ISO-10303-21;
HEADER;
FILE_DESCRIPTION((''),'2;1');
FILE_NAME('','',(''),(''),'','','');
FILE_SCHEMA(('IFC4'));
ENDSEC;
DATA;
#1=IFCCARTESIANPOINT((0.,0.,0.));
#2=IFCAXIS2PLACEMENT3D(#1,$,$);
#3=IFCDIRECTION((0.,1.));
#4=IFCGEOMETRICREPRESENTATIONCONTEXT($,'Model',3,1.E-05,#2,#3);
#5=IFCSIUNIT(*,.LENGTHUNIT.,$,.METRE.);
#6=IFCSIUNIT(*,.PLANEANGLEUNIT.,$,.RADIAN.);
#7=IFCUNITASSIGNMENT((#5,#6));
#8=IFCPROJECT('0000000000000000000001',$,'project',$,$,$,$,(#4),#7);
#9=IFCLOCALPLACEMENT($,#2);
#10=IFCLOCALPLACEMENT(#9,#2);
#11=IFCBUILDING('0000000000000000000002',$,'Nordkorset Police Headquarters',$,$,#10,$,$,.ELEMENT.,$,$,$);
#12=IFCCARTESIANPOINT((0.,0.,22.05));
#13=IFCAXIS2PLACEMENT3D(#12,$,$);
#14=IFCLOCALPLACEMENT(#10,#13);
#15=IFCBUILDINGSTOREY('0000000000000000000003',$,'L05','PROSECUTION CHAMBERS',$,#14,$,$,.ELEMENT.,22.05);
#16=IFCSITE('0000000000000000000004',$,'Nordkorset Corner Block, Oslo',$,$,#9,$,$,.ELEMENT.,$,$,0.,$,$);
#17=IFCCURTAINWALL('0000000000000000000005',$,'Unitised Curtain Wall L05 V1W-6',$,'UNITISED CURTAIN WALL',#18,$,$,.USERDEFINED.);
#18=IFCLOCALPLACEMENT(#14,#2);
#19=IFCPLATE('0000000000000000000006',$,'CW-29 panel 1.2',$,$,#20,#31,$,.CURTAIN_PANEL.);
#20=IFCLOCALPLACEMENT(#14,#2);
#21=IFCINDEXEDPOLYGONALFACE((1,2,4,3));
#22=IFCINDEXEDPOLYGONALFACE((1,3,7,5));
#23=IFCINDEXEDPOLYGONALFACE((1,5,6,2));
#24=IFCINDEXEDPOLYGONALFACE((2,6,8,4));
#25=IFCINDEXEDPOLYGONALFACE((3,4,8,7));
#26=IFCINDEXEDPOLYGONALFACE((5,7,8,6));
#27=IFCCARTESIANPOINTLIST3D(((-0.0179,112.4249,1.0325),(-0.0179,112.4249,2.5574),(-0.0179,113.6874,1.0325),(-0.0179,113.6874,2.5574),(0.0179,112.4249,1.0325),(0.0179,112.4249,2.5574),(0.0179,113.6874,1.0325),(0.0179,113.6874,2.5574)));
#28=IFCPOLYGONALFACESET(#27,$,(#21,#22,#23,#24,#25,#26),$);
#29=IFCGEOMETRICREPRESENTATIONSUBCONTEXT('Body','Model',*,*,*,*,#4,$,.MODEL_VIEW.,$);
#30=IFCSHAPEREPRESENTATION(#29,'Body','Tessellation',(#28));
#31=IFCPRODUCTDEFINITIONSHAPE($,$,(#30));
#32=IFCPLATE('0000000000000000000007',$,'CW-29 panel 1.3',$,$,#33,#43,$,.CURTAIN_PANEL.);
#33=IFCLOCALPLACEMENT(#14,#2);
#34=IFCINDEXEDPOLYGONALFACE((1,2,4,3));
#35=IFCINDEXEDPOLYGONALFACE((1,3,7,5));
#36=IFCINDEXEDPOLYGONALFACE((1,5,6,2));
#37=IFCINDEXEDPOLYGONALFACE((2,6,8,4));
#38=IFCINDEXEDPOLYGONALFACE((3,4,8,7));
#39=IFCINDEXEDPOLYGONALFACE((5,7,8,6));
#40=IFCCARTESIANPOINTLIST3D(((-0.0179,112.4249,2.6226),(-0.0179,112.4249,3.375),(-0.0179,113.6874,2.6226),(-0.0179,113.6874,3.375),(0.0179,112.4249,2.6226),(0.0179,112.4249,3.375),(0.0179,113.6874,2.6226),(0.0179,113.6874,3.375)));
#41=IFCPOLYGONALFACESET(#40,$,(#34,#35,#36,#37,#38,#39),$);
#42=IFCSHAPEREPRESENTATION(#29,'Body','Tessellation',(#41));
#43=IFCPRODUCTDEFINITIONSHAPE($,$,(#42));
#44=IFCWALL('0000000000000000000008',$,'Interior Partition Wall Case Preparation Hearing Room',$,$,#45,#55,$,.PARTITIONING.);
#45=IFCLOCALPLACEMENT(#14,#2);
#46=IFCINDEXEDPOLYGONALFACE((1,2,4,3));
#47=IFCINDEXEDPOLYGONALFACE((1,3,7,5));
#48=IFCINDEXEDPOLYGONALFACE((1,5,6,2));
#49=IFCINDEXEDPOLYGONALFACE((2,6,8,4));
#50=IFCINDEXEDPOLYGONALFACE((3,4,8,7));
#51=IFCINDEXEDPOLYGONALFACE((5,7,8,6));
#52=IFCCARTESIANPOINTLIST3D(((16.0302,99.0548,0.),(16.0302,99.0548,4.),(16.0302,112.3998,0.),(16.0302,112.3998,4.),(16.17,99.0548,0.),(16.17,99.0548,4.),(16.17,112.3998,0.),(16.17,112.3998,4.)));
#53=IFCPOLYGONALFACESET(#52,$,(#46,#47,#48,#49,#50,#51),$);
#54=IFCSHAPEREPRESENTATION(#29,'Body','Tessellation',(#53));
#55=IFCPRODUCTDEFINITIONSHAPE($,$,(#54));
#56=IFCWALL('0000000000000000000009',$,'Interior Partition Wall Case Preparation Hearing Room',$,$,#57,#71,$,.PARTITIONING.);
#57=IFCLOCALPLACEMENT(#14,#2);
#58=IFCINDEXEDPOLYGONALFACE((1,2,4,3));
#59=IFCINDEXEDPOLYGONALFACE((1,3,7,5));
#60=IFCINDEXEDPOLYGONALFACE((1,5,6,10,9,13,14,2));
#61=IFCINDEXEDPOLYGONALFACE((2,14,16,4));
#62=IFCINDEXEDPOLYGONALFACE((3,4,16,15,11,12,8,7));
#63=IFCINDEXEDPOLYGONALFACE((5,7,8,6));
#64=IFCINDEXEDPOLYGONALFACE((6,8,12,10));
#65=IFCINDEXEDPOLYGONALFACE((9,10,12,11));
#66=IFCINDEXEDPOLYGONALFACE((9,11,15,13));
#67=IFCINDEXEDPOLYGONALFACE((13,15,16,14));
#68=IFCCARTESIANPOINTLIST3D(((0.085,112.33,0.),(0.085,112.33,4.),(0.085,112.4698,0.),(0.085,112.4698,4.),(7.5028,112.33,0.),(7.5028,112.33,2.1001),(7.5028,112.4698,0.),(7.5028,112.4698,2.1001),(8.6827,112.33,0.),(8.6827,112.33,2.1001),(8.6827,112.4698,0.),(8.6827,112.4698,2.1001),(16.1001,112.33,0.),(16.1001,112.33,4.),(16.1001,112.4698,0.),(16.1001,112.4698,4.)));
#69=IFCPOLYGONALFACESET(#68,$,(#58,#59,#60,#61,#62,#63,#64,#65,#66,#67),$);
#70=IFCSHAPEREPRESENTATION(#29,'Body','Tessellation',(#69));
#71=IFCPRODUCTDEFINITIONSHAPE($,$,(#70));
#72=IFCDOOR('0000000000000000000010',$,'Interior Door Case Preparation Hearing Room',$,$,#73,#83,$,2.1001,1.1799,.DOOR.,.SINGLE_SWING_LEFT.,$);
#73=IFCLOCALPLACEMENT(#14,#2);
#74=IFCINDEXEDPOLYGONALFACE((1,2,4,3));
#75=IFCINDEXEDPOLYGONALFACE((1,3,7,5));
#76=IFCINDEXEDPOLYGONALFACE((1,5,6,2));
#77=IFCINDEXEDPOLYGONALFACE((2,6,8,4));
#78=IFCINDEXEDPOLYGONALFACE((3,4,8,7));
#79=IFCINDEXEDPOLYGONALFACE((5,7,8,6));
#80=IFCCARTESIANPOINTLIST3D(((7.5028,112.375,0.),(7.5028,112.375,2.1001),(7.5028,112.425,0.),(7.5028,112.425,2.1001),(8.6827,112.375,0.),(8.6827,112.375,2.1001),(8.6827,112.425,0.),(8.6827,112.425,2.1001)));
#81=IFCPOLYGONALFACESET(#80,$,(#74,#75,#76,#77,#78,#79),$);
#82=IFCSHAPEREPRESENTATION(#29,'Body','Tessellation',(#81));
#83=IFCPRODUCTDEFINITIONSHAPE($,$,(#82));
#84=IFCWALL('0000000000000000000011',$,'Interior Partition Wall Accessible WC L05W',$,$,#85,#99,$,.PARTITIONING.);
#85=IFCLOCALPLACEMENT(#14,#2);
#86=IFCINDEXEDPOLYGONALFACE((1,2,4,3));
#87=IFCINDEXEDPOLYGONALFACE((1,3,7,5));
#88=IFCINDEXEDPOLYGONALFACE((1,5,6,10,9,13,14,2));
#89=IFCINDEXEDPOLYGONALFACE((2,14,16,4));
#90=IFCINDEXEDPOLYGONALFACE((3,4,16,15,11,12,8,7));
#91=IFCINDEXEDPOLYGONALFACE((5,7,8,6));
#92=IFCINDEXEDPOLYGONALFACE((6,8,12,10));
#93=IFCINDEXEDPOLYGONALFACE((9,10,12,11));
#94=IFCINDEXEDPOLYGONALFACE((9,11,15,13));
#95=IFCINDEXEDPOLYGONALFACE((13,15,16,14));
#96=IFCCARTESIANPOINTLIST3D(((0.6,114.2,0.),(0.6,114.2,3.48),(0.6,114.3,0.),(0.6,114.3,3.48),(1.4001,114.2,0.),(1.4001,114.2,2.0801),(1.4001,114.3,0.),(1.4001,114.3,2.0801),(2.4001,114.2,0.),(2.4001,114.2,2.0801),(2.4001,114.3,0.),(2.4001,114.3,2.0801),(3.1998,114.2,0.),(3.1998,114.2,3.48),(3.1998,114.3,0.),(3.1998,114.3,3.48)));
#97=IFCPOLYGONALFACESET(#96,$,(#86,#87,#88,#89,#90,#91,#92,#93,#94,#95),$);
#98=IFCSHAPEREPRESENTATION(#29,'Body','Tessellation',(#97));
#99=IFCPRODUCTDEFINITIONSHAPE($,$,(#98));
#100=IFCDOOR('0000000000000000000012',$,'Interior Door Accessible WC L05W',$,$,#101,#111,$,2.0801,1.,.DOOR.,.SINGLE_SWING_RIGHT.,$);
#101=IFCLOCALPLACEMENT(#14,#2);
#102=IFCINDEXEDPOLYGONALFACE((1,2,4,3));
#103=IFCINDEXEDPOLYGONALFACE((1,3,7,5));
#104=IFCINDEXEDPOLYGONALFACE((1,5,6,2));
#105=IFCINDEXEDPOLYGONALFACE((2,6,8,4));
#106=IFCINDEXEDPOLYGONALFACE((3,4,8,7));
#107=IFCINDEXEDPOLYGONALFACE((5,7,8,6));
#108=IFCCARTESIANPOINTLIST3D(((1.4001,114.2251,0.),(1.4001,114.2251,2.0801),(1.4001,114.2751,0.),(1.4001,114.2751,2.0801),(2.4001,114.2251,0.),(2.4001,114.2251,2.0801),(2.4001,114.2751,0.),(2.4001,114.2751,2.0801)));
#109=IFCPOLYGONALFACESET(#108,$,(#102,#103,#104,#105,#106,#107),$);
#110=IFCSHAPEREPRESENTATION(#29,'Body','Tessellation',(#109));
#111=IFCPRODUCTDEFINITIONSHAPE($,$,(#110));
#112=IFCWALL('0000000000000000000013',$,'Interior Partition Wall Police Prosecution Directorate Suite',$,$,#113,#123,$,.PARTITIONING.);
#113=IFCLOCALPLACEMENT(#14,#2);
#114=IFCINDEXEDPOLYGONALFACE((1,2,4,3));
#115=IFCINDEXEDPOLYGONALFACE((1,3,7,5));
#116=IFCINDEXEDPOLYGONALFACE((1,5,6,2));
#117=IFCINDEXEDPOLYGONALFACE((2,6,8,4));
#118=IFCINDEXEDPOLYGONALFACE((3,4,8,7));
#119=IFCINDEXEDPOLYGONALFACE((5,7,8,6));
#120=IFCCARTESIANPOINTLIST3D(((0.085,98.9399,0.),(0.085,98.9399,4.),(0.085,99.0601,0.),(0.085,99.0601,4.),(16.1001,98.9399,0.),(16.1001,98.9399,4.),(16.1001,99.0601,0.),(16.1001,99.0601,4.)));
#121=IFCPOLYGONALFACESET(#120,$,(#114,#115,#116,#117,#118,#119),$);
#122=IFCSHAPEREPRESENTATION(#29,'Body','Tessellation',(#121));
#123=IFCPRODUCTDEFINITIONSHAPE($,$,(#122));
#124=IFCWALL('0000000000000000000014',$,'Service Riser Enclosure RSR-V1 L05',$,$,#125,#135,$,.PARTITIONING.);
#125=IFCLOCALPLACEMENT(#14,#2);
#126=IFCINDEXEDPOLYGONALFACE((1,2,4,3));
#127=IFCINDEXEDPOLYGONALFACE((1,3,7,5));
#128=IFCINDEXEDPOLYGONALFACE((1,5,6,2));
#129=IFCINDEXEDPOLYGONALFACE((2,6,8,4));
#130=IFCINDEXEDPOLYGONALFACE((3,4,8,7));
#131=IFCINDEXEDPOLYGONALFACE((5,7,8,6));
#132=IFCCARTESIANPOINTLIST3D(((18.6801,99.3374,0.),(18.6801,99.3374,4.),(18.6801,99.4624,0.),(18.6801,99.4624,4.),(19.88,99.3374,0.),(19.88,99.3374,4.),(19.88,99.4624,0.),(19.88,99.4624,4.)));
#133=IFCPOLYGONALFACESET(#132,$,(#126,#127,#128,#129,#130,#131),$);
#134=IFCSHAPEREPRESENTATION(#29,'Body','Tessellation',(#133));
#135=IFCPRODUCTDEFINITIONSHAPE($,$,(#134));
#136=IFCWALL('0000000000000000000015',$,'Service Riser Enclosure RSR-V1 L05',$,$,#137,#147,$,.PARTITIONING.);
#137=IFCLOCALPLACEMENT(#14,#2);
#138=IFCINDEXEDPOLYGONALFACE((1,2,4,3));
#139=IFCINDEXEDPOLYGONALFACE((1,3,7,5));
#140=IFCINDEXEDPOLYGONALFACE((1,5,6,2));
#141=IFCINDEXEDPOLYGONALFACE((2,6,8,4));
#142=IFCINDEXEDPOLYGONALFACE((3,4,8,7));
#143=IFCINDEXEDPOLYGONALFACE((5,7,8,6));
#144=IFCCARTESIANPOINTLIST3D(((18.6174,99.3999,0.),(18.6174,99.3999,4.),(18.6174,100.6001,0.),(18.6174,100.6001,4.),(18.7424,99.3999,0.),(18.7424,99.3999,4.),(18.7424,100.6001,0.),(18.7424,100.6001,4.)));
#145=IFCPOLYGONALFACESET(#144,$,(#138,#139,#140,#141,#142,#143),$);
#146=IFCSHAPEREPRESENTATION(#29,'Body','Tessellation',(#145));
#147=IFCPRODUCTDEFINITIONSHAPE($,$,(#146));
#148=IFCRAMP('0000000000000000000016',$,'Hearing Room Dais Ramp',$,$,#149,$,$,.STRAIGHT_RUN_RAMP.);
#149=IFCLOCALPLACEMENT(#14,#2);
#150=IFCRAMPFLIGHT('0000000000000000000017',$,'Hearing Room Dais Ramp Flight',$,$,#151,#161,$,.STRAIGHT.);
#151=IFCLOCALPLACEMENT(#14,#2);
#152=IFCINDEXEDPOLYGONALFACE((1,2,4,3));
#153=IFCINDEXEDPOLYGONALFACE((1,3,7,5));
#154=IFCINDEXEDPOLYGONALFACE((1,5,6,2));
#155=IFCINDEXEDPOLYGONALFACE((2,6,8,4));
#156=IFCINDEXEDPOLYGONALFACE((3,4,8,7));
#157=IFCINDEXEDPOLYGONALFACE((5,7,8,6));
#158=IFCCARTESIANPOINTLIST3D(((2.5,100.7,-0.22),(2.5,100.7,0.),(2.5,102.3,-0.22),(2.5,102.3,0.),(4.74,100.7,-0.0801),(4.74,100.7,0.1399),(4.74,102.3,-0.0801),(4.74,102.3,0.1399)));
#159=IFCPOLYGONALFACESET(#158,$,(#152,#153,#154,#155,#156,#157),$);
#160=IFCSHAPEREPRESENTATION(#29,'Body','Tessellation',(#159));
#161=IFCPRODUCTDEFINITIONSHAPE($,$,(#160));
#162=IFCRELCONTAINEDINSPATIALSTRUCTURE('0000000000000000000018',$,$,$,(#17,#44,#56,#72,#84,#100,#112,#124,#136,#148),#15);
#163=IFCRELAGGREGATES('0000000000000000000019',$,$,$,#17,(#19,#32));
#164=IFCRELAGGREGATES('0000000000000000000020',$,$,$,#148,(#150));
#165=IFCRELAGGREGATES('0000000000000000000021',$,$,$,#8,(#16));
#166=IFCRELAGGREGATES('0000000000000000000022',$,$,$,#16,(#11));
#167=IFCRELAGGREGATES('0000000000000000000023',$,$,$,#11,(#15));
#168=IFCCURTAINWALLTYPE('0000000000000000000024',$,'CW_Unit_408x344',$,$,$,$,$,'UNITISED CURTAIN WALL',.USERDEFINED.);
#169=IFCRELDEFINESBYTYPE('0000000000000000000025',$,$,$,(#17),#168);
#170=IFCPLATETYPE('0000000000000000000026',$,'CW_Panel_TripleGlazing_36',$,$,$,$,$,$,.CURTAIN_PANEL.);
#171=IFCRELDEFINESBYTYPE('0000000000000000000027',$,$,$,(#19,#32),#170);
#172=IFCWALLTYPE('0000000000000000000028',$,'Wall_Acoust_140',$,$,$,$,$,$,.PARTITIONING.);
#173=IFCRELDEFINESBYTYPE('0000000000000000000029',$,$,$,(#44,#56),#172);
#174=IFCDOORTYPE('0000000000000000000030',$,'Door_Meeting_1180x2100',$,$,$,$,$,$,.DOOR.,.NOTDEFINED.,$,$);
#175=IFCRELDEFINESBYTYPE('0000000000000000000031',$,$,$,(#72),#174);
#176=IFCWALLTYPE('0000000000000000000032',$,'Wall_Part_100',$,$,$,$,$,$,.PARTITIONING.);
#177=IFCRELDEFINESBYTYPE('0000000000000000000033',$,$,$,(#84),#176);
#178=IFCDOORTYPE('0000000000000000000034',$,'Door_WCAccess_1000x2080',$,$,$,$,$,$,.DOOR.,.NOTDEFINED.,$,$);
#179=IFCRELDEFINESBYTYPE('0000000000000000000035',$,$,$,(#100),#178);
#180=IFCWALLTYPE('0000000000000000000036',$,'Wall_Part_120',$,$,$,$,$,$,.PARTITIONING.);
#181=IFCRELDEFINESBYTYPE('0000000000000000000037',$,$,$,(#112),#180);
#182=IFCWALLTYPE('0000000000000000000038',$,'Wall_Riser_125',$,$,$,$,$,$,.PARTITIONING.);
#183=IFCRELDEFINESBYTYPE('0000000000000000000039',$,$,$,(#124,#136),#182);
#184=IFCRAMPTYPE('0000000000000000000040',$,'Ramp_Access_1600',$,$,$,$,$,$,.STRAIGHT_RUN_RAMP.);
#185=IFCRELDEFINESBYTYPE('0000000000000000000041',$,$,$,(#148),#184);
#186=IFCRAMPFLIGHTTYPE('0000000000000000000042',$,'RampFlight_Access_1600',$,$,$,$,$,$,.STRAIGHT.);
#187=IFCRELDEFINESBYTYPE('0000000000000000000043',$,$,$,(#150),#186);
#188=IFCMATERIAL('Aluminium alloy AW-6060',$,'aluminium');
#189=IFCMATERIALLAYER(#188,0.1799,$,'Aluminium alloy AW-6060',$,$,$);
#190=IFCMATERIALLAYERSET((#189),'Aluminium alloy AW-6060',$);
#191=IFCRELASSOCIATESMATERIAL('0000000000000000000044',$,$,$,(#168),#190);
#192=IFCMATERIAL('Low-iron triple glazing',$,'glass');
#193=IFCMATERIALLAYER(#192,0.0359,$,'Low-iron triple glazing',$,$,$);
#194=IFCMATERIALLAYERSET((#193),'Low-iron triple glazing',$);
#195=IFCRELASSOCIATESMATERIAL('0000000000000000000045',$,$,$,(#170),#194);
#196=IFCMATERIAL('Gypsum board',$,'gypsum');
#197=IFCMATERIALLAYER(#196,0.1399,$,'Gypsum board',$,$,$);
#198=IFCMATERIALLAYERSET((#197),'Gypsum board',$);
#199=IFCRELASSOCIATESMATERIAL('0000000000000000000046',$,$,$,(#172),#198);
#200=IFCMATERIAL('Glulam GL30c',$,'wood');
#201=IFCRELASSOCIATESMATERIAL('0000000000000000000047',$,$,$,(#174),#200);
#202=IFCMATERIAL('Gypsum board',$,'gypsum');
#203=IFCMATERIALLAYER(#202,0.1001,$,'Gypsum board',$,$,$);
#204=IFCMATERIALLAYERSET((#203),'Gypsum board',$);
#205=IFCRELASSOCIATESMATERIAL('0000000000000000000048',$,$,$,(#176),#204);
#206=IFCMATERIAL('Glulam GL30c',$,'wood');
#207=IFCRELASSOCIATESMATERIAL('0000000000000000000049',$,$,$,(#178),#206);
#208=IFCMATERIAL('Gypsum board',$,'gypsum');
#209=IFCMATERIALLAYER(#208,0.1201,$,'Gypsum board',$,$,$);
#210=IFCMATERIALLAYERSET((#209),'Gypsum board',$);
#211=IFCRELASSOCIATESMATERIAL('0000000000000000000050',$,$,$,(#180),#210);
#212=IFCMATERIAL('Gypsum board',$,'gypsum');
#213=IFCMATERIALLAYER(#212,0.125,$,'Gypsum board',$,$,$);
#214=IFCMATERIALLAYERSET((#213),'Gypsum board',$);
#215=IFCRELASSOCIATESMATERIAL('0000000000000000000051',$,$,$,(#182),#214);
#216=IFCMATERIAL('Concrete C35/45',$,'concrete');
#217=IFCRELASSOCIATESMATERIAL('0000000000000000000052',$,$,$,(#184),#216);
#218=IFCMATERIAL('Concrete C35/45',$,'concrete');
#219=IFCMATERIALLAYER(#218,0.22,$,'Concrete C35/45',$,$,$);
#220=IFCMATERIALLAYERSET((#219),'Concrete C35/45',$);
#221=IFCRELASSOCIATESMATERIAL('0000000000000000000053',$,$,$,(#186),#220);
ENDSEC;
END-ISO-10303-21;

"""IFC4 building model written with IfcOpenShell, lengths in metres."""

from ifc_helpers import new_model, si_unit, direction, frame, frame_2d, origin, origin_2d, place, context, subcontext, project, spatial, polyline, rectangle, outline, extrude, material, layer, layer_set, type_object, element, fill, aggregate, save


model = new_model("IFC4")

# Units and contexts
model_context = context("Model", 3, precision=1e-05, world=origin(), true_north=direction((0.0, 1.0)))
body_context = subcontext(model_context, "Body", "Model", "MODEL_VIEW")
ifc_project = project(units=[si_unit("LENGTHUNIT", "METRE"), si_unit("PLANEANGLEUNIT", "RADIAN")], contexts=[model_context])

# Site, building, storey
site_placement = place(None, origin())
site = spatial("IfcSite", under=ifc_project, at=site_placement, Name="Nordkorset Corner Block, Oslo", CompositionType="ELEMENT", RefElevation=0.0)
building_placement = place(site_placement, origin())
building = spatial("IfcBuilding", under=site, at=building_placement, Name="Nordkorset Police Headquarters", CompositionType="ELEMENT")
storey_placement = place(building_placement, frame((0.0, 0.0, 22.05)))
storey = spatial("IfcBuildingStorey", under=building, at=storey_placement, Name="L05", Description="PROSECUTION CHAMBERS", CompositionType="ELEMENT", Elevation=22.05)

# Curtain wall
ifc_material_1 = material(Name="Aluminium alloy AW-6060", Category="aluminium")
ifc_layer_1 = layer(ifc_material_1, 0.1799, Name="Aluminium alloy AW-6060")
ifc_layer_set_1 = layer_set([ifc_layer_1], Name="Aluminium alloy AW-6060")
curtain_wall_type = type_object("IfcCurtainWallType", Name="CW_Unit_408x344", ElementType="UNITISED CURTAIN WALL", PredefinedType="USERDEFINED", material=ifc_layer_set_1)
curtain_wall_placement = place(storey_placement, origin())
curtain_wall = element("IfcCurtainWall", 1, at=curtain_wall_placement, inside=storey, type_object=curtain_wall_type, Name="Unitised Curtain Wall L05 V1W-6", ObjectType="UNITISED CURTAIN WALL", PredefinedType="USERDEFINED")

# Plates
ifc_material_2 = material(Name="Low-iron triple glazing", Category="glass")
ifc_layer_2 = layer(ifc_material_2, 0.0359, Name="Low-iron triple glazing")
ifc_layer_set_2 = layer_set([ifc_layer_2], Name="Low-iron triple glazing")
plate_type = type_object("IfcPlateType", Name="CW_Panel_TripleGlazing_36", PredefinedType="CURTAIN_PANEL", material=ifc_layer_set_2)
plate_1_placement = place(storey_placement, frame((0.0, 113.0562, 1.0325), z_axis=(0.0, 0.0, 1.0), x_axis=(0.0, 1.0, 0.0)))
plate_1 = element("IfcPlate", 2, at=plate_1_placement, type_object=plate_type, Name="CW-29 panel 1.2", PredefinedType="CURTAIN_PANEL", context=body_context, shape_type="SweptSolid", body=[
    extrude(rectangle(XDim=1.2625, YDim=0.0359, at=origin_2d()), origin(), (0.0, 0.0, 1.0), 1.5249),
])
plate_2_placement = place(storey_placement, frame((0.0, 113.0562, 2.6226), z_axis=(0.0, 0.0, 1.0), x_axis=(0.0, 1.0, 0.0)))
plate_2 = element("IfcPlate", 3, at=plate_2_placement, type_object=plate_type, Name="CW-29 panel 1.3", PredefinedType="CURTAIN_PANEL", context=body_context, shape_type="SweptSolid", body=[
    extrude(rectangle(XDim=1.2625, YDim=0.0359, at=origin_2d()), origin(), (0.0, 0.0, 1.0), 0.7524),
])
aggregate(curtain_wall, [plate_1, plate_2])

# Wall
ifc_material_3 = material(Name="Gypsum board", Category="gypsum")
ifc_layer_3 = layer(ifc_material_3, 0.1399, Name="Gypsum board")
ifc_layer_set_3 = layer_set([ifc_layer_3], Name="Gypsum board")
wall_type_1 = type_object("IfcWallType", Name="Wall_Acoust_140", PredefinedType="PARTITIONING", material=ifc_layer_set_3)
wall_1_placement = place(storey_placement, frame((16.1001, 99.0549, 0.0), z_axis=(0.0, 0.0, 1.0), x_axis=(0.0, 1.0, 0.0)))
element("IfcWall", 4, at=wall_1_placement, inside=storey, type_object=wall_type_1, Name="Interior Partition Wall Case Preparation Hearing Room", PredefinedType="PARTITIONING", context=body_context, shape_type="SweptSolid", body=[
    extrude(rectangle(XDim=13.345, YDim=0.1399, at=frame_2d((6.6724, 0.0))), origin(), (0.0, 0.0, 1.0), 4.0),
])

# Walls, openings, doors
wall_2_placement = place(storey_placement, frame((16.1001, 112.3999, 0.0), z_axis=(0.0, 0.0, 1.0), x_axis=(-1.0, 0.0, 0.0)))
wall_2 = element("IfcWall", 5, at=wall_2_placement, inside=storey, type_object=wall_type_1, Name="Interior Partition Wall Case Preparation Hearing Room", PredefinedType="PARTITIONING", context=body_context, shape_type="SweptSolid", body=[
    extrude(rectangle(XDim=16.0151, YDim=0.1399, at=frame_2d((8.0076, 0.0))), origin(), (0.0, 0.0, 1.0), 4.0),
])
opening_1_placement = place(wall_2_placement, frame((7.4175, 0.0, 0.0)))
opening_1 = element("IfcOpeningElement", 6, at=opening_1_placement, cuts=wall_2, PredefinedType="OPENING", context=body_context, shape_type="SweptSolid", body=[
    extrude(rectangle(XDim=1.1799, YDim=2.1001, at=frame_2d((0.5898, 1.05))), frame((0.0, 0.0801, 0.0), z_axis=(0.0, -1.0, 0.0), x_axis=(1.0, 0.0, 0.0)), (0.0, 0.0, 1.0), 0.1599),
])
ifc_material_4 = material(Name="Glulam GL30c", Category="wood")
door_type_1 = type_object("IfcDoorType", Name="Door_Meeting_1180x2100", OperationType="NOTDEFINED", PredefinedType="DOOR", material=ifc_material_4)
door_1_placement = place(opening_1_placement, origin())
door_1 = element("IfcDoor", 7, at=door_1_placement, inside=storey, type_object=door_type_1, Name="Interior Door Case Preparation Hearing Room", OperationType="SINGLE_SWING_LEFT", OverallHeight=2.1001, OverallWidth=1.1799, PredefinedType="DOOR", context=body_context, shape_type="SweptSolid", body=[
    extrude(rectangle(XDim=1.1799, YDim=2.1001, at=frame_2d((0.5898, 1.05))), frame((0.0, 0.0249, 0.0), z_axis=(0.0, -1.0, 0.0), x_axis=(1.0, 0.0, 0.0)), (0.0, 0.0, 1.0), 0.05),
])
fill(opening_1, door_1)
ifc_material_5 = material(Name="Gypsum board", Category="gypsum")
ifc_layer_4 = layer(ifc_material_5, 0.1001, Name="Gypsum board")
ifc_layer_set_4 = layer_set([ifc_layer_4], Name="Gypsum board")
wall_type_2 = type_object("IfcWallType", Name="Wall_Part_100", PredefinedType="PARTITIONING", material=ifc_layer_set_4)
wall_3_placement = place(storey_placement, frame((0.6001, 114.25, 0.0), z_axis=(0.0, 0.0, 1.0), x_axis=(1.0, 0.0, 0.0)))
wall_3 = element("IfcWall", 8, at=wall_3_placement, inside=storey, type_object=wall_type_2, Name="Interior Partition Wall Accessible WC L05W", PredefinedType="PARTITIONING", context=body_context, shape_type="SweptSolid", body=[
    extrude(rectangle(XDim=2.5999, YDim=0.1001, at=frame_2d((1.2998, 0.0))), origin(), (0.0, 0.0, 1.0), 3.48),
])
opening_2_placement = place(wall_3_placement, frame((0.8, 0.0, 0.0)))
opening_2 = element("IfcOpeningElement", 9, at=opening_2_placement, cuts=wall_3, PredefinedType="OPENING", context=body_context, shape_type="SweptSolid", body=[
    extrude(rectangle(XDim=1.0, YDim=2.0801, at=frame_2d((0.5, 1.04))), frame((0.0, 0.0601, 0.0), z_axis=(0.0, -1.0, 0.0), x_axis=(1.0, 0.0, 0.0)), (0.0, 0.0, 1.0), 0.1201),
])
ifc_material_6 = material(Name="Glulam GL30c", Category="wood")
door_type_2 = type_object("IfcDoorType", Name="Door_WCAccess_1000x2080", OperationType="NOTDEFINED", PredefinedType="DOOR", material=ifc_material_6)
door_2_placement = place(opening_2_placement, frame((1.0, 0.0, 0.0), z_axis=(0.0, 0.0, 1.0), x_axis=(-1.0, 0.0, 0.0)))
door_2 = element("IfcDoor", 10, at=door_2_placement, inside=storey, type_object=door_type_2, Name="Interior Door Accessible WC L05W", OperationType="SINGLE_SWING_RIGHT", OverallHeight=2.0801, OverallWidth=1.0, PredefinedType="DOOR", context=body_context, shape_type="SweptSolid", body=[
    extrude(rectangle(XDim=1.0, YDim=2.0801, at=frame_2d((0.5, 1.04))), frame((0.0, 0.0249, 0.0), z_axis=(0.0, -1.0, 0.0), x_axis=(1.0, 0.0, 0.0)), (0.0, 0.0, 1.0), 0.05),
])
fill(opening_2, door_2)

# Walls
ifc_material_7 = material(Name="Gypsum board", Category="gypsum")
ifc_layer_5 = layer(ifc_material_7, 0.1201, Name="Gypsum board")
ifc_layer_set_5 = layer_set([ifc_layer_5], Name="Gypsum board")
wall_type_3 = type_object("IfcWallType", Name="Wall_Part_120", PredefinedType="PARTITIONING", material=ifc_layer_set_5)
wall_4_placement = place(storey_placement, frame((16.1001, 99.0, 0.0), z_axis=(0.0, 0.0, 1.0), x_axis=(-1.0, 0.0, 0.0)))
element("IfcWall", 11, at=wall_4_placement, inside=storey, type_object=wall_type_3, Name="Interior Partition Wall Police Prosecution Directorate Suite", PredefinedType="PARTITIONING", context=body_context, shape_type="SweptSolid", body=[
    extrude(rectangle(XDim=16.0151, YDim=0.1201, at=frame_2d((8.0076, 0.0))), origin(), (0.0, 0.0, 1.0), 4.0),
])
ifc_material_8 = material(Name="Gypsum board", Category="gypsum")
ifc_layer_6 = layer(ifc_material_8, 0.125, Name="Gypsum board")
ifc_layer_set_6 = layer_set([ifc_layer_6], Name="Gypsum board")
wall_type_4 = type_object("IfcWallType", Name="Wall_Riser_125", PredefinedType="PARTITIONING", material=ifc_layer_set_6)
wall_5_placement = place(storey_placement, frame((18.6799, 99.3999, 0.0), z_axis=(0.0, 0.0, 1.0), x_axis=(1.0, 0.0, 0.0)))
element("IfcWall", 12, at=wall_5_placement, inside=storey, type_object=wall_type_4, Name="Service Riser Enclosure RSR-V1 L05", PredefinedType="PARTITIONING", context=body_context, shape_type="SweptSolid", body=[
    extrude(rectangle(XDim=1.2, YDim=0.125, at=frame_2d((0.6001, 0.0))), origin(), (0.0, 0.0, 1.0), 4.0),
])
wall_6_placement = place(storey_placement, frame((18.6799, 100.6001, 0.0), z_axis=(0.0, 0.0, 1.0), x_axis=(0.0, -1.0, 0.0)))
element("IfcWall", 13, at=wall_6_placement, inside=storey, type_object=wall_type_4, Name="Service Riser Enclosure RSR-V1 L05", PredefinedType="PARTITIONING", context=body_context, shape_type="SweptSolid", body=[
    extrude(rectangle(XDim=1.2002, YDim=0.125, at=frame_2d((0.6001, 0.0))), origin(), (0.0, 0.0, 1.0), 4.0),
])

# Ramp, ramp flight
ifc_material_9 = material(Name="Concrete C35/45", Category="concrete")
ramp_type = type_object("IfcRampType", Name="Ramp_Access_1600", PredefinedType="STRAIGHT_RUN_RAMP", material=ifc_material_9)
ramp_placement = place(storey_placement, origin())
ramp = element("IfcRamp", 14, at=ramp_placement, inside=storey, type_object=ramp_type, Name="Hearing Room Dais Ramp", PredefinedType="STRAIGHT_RUN_RAMP")
ifc_material_10 = material(Name="Concrete C35/45", Category="concrete")
ifc_layer_7 = layer(ifc_material_10, 0.22, Name="Concrete C35/45")
ifc_layer_set_7 = layer_set([ifc_layer_7], Name="Concrete C35/45")
ramp_flight_type = type_object("IfcRampFlightType", Name="RampFlight_Access_1600", PredefinedType="STRAIGHT", material=ifc_layer_set_7)
ramp_flight_placement = place(storey_placement, frame((2.5, 101.5, 0.0), z_axis=(0.0, 0.0, 1.0), x_axis=(1.0, 0.0, 0.0)))
ramp_flight = element("IfcRampFlight", 15, at=ramp_flight_placement, type_object=ramp_flight_type, Name="Hearing Room Dais Ramp Flight", PredefinedType="STRAIGHT", context=body_context, shape_type="SweptSolid", body=[
    extrude(outline(polyline([(0.0, 0.0), (2.24, 0.1399), (2.24, -0.0801), (0.0, -0.22), (0.0, 0.0)])), frame((0.0, 0.8, 0.0), z_axis=(0.0, -1.0, 0.0), x_axis=(1.0, 0.0, 0.0)), (0.0, 0.0, 1.0), 1.6001),
])
aggregate(ramp, [ramp_flight])

save(model, "model.ifc")
